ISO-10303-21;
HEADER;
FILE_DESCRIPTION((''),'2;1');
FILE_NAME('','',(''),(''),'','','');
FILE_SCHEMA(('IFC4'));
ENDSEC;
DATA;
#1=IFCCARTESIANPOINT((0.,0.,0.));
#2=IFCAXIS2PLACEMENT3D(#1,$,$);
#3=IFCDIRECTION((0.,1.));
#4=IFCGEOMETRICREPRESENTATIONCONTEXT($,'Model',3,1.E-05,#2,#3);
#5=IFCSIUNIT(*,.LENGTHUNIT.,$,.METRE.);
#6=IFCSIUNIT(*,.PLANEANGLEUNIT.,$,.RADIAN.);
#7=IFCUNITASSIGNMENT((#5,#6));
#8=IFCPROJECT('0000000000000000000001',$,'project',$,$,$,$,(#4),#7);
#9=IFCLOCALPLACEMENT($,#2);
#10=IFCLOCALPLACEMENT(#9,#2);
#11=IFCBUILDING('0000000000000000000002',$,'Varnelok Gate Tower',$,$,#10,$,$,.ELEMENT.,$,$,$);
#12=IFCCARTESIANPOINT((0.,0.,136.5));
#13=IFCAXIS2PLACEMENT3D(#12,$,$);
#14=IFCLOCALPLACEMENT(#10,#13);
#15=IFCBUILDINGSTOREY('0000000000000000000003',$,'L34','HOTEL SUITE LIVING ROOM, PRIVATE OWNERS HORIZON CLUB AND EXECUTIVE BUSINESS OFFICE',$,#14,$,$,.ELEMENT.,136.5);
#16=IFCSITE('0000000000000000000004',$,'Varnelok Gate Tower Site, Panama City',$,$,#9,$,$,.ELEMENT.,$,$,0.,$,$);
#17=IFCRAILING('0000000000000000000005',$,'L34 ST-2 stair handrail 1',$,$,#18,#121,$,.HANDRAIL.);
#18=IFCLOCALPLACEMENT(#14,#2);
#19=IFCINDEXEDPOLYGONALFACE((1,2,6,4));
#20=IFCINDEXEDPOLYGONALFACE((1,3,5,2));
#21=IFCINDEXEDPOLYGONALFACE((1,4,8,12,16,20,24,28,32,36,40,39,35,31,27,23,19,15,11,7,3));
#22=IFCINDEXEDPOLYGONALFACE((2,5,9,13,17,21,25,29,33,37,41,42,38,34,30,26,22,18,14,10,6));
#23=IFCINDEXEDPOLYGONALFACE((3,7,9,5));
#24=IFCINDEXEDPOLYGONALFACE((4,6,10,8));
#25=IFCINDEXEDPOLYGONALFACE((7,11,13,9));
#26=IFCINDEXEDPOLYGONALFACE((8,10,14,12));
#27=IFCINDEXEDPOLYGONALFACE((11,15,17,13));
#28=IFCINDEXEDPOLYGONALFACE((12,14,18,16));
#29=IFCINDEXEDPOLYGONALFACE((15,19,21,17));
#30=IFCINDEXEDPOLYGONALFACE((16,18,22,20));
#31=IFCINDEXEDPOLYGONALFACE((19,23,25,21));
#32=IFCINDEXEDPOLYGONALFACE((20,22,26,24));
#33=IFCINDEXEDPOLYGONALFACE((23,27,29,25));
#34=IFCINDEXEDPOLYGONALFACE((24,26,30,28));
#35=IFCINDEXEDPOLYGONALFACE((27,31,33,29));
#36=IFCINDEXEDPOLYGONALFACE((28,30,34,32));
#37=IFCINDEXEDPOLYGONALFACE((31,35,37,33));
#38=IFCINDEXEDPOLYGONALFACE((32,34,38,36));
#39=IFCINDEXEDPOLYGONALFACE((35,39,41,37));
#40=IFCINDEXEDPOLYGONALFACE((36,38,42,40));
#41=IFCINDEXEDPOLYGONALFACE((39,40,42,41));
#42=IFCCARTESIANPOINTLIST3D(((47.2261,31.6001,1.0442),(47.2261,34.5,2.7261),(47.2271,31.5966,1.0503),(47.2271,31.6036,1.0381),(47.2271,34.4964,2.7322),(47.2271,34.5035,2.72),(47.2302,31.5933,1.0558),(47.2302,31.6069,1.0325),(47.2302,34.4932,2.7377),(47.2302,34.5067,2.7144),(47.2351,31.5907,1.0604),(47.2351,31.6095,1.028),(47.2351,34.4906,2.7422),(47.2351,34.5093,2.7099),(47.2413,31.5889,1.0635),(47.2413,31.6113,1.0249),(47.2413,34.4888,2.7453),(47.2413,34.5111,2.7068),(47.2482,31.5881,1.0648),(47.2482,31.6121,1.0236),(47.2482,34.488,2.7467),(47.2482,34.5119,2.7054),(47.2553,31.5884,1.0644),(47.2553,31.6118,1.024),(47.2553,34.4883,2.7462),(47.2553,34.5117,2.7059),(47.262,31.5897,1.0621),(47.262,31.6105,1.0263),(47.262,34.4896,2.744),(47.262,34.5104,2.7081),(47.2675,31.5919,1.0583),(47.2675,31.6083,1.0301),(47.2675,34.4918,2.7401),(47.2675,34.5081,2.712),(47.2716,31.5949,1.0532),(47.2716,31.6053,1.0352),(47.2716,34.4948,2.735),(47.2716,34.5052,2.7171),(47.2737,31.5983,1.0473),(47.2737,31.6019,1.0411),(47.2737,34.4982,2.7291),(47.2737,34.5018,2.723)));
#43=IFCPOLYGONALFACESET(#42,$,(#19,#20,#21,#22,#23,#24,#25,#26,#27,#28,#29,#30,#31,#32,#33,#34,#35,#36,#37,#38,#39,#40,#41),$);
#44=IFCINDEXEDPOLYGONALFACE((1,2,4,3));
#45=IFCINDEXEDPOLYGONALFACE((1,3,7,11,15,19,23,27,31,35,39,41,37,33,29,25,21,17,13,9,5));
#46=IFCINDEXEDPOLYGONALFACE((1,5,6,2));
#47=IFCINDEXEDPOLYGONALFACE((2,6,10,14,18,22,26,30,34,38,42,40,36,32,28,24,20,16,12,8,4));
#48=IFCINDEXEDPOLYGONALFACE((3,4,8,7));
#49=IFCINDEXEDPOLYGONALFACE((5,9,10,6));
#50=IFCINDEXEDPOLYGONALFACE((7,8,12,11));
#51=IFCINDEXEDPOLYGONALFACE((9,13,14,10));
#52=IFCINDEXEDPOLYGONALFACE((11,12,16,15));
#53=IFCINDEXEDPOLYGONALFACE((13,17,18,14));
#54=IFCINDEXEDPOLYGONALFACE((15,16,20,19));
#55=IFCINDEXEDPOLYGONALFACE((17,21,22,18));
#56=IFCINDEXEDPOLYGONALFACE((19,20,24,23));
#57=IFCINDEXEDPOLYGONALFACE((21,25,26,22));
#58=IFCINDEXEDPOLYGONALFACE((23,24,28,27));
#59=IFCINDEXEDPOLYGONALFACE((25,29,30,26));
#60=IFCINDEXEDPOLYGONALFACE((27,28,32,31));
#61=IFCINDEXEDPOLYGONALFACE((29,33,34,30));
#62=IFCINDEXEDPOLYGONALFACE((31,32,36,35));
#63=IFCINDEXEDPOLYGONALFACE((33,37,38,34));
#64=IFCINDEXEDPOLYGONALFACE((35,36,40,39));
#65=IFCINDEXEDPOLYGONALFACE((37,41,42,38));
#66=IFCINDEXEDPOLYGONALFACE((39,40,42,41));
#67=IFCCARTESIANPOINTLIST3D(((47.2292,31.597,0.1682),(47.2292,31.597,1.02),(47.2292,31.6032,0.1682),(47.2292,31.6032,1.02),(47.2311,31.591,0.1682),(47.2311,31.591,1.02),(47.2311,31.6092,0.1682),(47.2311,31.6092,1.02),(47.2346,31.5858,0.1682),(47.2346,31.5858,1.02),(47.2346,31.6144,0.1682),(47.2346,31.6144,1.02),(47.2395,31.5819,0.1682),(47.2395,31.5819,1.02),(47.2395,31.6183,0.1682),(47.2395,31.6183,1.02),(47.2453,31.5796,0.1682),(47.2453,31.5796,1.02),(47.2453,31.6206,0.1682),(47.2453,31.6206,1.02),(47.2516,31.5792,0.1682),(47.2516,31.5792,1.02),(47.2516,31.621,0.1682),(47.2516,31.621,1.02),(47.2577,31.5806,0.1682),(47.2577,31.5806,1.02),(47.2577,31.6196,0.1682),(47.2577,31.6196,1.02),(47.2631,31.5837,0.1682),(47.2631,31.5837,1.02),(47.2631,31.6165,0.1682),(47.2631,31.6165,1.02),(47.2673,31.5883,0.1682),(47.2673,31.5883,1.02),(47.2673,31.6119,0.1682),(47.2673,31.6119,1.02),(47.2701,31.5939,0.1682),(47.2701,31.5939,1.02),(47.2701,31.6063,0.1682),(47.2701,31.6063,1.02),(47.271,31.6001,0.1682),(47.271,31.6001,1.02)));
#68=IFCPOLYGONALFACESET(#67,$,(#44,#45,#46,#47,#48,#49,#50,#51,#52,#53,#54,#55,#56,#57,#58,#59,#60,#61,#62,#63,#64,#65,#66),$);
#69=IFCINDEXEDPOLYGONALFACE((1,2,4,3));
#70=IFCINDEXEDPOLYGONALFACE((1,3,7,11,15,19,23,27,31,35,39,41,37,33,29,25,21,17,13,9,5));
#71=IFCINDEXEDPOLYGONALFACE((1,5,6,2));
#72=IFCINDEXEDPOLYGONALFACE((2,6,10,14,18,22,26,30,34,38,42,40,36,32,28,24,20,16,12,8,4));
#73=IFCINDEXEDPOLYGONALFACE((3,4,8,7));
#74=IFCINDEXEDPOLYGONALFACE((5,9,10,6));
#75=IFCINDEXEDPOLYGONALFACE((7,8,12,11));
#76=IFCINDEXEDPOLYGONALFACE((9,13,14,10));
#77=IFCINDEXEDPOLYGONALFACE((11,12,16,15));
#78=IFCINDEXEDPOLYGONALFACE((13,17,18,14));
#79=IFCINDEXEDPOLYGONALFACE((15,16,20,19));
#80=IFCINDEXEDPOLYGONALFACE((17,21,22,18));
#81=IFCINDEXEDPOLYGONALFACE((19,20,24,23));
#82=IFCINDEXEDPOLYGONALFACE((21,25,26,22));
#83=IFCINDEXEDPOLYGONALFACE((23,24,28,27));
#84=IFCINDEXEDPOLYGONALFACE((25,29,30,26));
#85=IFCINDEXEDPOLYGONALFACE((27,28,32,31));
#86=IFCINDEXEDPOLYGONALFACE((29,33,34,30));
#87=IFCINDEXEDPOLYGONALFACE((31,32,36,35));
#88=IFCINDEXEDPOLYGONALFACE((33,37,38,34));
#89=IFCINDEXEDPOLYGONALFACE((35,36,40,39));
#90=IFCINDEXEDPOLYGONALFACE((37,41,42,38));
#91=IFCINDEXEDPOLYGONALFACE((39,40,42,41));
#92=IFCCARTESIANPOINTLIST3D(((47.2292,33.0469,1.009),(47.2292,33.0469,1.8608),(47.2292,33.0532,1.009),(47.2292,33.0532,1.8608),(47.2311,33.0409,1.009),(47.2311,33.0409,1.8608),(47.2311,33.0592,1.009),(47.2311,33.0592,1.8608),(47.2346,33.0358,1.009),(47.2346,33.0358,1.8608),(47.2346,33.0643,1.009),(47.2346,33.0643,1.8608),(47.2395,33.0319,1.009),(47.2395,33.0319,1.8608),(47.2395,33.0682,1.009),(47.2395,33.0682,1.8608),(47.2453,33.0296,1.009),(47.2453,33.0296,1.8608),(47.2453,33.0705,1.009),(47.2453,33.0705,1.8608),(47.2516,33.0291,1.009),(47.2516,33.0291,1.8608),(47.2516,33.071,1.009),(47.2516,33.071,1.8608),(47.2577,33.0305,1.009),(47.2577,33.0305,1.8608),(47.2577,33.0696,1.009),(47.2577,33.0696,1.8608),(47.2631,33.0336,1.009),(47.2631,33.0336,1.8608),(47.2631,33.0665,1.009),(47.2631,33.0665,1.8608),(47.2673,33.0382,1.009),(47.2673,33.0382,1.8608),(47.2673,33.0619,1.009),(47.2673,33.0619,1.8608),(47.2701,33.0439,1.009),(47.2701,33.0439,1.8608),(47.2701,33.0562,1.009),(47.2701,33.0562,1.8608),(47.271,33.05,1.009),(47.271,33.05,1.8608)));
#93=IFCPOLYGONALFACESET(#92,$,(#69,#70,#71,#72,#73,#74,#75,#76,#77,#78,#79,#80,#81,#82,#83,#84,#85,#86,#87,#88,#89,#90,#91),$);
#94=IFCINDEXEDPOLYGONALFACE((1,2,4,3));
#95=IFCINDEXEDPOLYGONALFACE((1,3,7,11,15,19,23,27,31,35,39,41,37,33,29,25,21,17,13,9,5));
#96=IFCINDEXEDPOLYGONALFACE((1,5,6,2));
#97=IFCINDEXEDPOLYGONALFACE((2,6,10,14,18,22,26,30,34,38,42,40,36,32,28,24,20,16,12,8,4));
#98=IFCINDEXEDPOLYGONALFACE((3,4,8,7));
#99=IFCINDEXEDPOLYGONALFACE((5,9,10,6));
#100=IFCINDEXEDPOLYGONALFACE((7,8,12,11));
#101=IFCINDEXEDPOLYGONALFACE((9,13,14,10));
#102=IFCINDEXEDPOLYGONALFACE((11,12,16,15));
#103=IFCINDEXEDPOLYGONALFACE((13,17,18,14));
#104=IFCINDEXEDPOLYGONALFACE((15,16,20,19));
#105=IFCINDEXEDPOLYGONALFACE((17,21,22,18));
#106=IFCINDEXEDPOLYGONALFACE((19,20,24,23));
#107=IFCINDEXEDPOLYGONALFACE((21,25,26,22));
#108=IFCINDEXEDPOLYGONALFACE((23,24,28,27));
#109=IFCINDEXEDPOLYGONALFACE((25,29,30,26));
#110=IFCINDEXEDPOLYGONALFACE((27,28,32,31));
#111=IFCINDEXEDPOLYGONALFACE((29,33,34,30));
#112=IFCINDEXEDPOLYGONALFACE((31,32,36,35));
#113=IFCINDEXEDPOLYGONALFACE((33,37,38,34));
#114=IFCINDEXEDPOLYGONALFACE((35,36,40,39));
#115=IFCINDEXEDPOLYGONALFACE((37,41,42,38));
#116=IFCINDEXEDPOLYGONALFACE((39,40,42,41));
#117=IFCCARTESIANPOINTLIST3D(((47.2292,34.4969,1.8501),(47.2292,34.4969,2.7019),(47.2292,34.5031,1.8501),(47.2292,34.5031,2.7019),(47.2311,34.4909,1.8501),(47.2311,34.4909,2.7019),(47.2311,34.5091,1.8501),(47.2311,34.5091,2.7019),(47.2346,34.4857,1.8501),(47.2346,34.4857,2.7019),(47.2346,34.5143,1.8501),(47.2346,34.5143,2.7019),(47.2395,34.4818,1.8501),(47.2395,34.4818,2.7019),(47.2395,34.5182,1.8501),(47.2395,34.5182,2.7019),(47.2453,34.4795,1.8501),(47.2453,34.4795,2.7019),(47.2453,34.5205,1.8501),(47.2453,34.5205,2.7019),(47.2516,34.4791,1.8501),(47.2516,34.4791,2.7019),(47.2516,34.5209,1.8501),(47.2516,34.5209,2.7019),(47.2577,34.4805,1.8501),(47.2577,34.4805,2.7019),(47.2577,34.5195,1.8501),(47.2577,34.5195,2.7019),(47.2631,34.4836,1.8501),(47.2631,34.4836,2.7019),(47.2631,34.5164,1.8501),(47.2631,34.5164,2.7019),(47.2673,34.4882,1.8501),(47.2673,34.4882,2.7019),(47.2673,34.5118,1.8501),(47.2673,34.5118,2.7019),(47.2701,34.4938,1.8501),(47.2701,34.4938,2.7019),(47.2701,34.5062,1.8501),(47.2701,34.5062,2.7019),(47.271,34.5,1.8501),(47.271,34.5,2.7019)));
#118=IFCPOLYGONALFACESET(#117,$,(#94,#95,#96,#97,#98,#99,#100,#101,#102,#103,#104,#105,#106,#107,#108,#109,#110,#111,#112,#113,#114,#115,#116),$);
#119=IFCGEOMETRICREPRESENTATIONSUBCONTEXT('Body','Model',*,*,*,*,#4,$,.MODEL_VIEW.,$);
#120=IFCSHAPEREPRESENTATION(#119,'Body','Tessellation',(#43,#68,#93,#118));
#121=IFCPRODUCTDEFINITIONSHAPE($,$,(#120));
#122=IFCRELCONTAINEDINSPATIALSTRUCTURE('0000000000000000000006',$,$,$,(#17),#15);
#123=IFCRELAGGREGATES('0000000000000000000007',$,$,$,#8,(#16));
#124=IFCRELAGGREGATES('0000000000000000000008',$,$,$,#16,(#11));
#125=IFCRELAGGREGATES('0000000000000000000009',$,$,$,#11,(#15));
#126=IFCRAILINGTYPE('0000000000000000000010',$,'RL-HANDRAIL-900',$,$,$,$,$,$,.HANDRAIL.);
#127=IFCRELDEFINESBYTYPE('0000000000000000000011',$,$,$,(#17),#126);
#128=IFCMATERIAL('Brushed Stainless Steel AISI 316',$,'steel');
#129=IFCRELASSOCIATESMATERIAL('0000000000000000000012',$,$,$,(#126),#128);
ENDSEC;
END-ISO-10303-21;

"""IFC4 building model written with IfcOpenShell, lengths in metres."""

from ifc_helpers import new_model, si_unit, direction, frame, origin, origin_2d, place, context, subcontext, project, spatial, circle, extrude, material, type_object, element, save


model = new_model("IFC4")

# Units and contexts
model_context = context("Model", 3, precision=1e-05, world=origin(), true_north=direction((0.0, 1.0)))
body_context = subcontext(model_context, "Body", "Model", "MODEL_VIEW")
ifc_project = project(units=[si_unit("LENGTHUNIT", "METRE"), si_unit("PLANEANGLEUNIT", "RADIAN")], contexts=[model_context])

# Site, building, storey
site_placement = place(None, origin())
site = spatial("IfcSite", under=ifc_project, at=site_placement, Name="Varnelok Gate Tower Site, Panama City", CompositionType="ELEMENT", RefElevation=0.0)
building_placement = place(site_placement, origin())
building = spatial("IfcBuilding", under=site, at=building_placement, Name="Varnelok Gate Tower", CompositionType="ELEMENT")
storey_placement = place(building_placement, frame((0.0, 0.0, 136.5)))
storey = spatial("IfcBuildingStorey", under=building, at=storey_placement, Name="L34", Description="HOTEL SUITE LIVING ROOM, PRIVATE OWNERS HORIZON CLUB AND EXECUTIVE BUSINESS OFFICE", CompositionType="ELEMENT", Elevation=136.5)

# Railing
ifc_material_1 = material(Name="Brushed Stainless Steel AISI 316", Category="steel")
railing_type_1 = type_object("IfcRailingType", Name="RL-HANDRAIL-900", PredefinedType="HANDRAIL", material=ifc_material_1)
railing_1_placement = place(storey_placement, frame((47.25, 31.6001, 0.1682)))
element("IfcRailing", 1, at=railing_1_placement, inside=storey, type_object=railing_type_1, Name="L34 ST-2 stair handrail 1", PredefinedType="HANDRAIL", context=body_context, shape_type="SweptSolid", body=[
    extrude(circle(Radius=0.0239, at=origin_2d()), frame((0.0, 0.0, 0.876), z_axis=(0.0, 0.865039, 0.501705), x_axis=(-1.0, 0.0, 0.0)), (0.0, 0.0, 1.0), 3.3523),
    extrude(circle(Radius=0.021, at=origin_2d()), origin(), (0.0, 0.0, 1.0), 0.8518),
    extrude(circle(Radius=0.021, at=origin_2d()), frame((0.0, 1.45, 0.8408)), (0.0, 0.0, 1.0), 0.8518),
    extrude(circle(Radius=0.021, at=origin_2d()), frame((0.0, 2.8999, 1.6819)), (0.0, 0.0, 1.0), 0.8518),
])

save(model, "model.ifc")
